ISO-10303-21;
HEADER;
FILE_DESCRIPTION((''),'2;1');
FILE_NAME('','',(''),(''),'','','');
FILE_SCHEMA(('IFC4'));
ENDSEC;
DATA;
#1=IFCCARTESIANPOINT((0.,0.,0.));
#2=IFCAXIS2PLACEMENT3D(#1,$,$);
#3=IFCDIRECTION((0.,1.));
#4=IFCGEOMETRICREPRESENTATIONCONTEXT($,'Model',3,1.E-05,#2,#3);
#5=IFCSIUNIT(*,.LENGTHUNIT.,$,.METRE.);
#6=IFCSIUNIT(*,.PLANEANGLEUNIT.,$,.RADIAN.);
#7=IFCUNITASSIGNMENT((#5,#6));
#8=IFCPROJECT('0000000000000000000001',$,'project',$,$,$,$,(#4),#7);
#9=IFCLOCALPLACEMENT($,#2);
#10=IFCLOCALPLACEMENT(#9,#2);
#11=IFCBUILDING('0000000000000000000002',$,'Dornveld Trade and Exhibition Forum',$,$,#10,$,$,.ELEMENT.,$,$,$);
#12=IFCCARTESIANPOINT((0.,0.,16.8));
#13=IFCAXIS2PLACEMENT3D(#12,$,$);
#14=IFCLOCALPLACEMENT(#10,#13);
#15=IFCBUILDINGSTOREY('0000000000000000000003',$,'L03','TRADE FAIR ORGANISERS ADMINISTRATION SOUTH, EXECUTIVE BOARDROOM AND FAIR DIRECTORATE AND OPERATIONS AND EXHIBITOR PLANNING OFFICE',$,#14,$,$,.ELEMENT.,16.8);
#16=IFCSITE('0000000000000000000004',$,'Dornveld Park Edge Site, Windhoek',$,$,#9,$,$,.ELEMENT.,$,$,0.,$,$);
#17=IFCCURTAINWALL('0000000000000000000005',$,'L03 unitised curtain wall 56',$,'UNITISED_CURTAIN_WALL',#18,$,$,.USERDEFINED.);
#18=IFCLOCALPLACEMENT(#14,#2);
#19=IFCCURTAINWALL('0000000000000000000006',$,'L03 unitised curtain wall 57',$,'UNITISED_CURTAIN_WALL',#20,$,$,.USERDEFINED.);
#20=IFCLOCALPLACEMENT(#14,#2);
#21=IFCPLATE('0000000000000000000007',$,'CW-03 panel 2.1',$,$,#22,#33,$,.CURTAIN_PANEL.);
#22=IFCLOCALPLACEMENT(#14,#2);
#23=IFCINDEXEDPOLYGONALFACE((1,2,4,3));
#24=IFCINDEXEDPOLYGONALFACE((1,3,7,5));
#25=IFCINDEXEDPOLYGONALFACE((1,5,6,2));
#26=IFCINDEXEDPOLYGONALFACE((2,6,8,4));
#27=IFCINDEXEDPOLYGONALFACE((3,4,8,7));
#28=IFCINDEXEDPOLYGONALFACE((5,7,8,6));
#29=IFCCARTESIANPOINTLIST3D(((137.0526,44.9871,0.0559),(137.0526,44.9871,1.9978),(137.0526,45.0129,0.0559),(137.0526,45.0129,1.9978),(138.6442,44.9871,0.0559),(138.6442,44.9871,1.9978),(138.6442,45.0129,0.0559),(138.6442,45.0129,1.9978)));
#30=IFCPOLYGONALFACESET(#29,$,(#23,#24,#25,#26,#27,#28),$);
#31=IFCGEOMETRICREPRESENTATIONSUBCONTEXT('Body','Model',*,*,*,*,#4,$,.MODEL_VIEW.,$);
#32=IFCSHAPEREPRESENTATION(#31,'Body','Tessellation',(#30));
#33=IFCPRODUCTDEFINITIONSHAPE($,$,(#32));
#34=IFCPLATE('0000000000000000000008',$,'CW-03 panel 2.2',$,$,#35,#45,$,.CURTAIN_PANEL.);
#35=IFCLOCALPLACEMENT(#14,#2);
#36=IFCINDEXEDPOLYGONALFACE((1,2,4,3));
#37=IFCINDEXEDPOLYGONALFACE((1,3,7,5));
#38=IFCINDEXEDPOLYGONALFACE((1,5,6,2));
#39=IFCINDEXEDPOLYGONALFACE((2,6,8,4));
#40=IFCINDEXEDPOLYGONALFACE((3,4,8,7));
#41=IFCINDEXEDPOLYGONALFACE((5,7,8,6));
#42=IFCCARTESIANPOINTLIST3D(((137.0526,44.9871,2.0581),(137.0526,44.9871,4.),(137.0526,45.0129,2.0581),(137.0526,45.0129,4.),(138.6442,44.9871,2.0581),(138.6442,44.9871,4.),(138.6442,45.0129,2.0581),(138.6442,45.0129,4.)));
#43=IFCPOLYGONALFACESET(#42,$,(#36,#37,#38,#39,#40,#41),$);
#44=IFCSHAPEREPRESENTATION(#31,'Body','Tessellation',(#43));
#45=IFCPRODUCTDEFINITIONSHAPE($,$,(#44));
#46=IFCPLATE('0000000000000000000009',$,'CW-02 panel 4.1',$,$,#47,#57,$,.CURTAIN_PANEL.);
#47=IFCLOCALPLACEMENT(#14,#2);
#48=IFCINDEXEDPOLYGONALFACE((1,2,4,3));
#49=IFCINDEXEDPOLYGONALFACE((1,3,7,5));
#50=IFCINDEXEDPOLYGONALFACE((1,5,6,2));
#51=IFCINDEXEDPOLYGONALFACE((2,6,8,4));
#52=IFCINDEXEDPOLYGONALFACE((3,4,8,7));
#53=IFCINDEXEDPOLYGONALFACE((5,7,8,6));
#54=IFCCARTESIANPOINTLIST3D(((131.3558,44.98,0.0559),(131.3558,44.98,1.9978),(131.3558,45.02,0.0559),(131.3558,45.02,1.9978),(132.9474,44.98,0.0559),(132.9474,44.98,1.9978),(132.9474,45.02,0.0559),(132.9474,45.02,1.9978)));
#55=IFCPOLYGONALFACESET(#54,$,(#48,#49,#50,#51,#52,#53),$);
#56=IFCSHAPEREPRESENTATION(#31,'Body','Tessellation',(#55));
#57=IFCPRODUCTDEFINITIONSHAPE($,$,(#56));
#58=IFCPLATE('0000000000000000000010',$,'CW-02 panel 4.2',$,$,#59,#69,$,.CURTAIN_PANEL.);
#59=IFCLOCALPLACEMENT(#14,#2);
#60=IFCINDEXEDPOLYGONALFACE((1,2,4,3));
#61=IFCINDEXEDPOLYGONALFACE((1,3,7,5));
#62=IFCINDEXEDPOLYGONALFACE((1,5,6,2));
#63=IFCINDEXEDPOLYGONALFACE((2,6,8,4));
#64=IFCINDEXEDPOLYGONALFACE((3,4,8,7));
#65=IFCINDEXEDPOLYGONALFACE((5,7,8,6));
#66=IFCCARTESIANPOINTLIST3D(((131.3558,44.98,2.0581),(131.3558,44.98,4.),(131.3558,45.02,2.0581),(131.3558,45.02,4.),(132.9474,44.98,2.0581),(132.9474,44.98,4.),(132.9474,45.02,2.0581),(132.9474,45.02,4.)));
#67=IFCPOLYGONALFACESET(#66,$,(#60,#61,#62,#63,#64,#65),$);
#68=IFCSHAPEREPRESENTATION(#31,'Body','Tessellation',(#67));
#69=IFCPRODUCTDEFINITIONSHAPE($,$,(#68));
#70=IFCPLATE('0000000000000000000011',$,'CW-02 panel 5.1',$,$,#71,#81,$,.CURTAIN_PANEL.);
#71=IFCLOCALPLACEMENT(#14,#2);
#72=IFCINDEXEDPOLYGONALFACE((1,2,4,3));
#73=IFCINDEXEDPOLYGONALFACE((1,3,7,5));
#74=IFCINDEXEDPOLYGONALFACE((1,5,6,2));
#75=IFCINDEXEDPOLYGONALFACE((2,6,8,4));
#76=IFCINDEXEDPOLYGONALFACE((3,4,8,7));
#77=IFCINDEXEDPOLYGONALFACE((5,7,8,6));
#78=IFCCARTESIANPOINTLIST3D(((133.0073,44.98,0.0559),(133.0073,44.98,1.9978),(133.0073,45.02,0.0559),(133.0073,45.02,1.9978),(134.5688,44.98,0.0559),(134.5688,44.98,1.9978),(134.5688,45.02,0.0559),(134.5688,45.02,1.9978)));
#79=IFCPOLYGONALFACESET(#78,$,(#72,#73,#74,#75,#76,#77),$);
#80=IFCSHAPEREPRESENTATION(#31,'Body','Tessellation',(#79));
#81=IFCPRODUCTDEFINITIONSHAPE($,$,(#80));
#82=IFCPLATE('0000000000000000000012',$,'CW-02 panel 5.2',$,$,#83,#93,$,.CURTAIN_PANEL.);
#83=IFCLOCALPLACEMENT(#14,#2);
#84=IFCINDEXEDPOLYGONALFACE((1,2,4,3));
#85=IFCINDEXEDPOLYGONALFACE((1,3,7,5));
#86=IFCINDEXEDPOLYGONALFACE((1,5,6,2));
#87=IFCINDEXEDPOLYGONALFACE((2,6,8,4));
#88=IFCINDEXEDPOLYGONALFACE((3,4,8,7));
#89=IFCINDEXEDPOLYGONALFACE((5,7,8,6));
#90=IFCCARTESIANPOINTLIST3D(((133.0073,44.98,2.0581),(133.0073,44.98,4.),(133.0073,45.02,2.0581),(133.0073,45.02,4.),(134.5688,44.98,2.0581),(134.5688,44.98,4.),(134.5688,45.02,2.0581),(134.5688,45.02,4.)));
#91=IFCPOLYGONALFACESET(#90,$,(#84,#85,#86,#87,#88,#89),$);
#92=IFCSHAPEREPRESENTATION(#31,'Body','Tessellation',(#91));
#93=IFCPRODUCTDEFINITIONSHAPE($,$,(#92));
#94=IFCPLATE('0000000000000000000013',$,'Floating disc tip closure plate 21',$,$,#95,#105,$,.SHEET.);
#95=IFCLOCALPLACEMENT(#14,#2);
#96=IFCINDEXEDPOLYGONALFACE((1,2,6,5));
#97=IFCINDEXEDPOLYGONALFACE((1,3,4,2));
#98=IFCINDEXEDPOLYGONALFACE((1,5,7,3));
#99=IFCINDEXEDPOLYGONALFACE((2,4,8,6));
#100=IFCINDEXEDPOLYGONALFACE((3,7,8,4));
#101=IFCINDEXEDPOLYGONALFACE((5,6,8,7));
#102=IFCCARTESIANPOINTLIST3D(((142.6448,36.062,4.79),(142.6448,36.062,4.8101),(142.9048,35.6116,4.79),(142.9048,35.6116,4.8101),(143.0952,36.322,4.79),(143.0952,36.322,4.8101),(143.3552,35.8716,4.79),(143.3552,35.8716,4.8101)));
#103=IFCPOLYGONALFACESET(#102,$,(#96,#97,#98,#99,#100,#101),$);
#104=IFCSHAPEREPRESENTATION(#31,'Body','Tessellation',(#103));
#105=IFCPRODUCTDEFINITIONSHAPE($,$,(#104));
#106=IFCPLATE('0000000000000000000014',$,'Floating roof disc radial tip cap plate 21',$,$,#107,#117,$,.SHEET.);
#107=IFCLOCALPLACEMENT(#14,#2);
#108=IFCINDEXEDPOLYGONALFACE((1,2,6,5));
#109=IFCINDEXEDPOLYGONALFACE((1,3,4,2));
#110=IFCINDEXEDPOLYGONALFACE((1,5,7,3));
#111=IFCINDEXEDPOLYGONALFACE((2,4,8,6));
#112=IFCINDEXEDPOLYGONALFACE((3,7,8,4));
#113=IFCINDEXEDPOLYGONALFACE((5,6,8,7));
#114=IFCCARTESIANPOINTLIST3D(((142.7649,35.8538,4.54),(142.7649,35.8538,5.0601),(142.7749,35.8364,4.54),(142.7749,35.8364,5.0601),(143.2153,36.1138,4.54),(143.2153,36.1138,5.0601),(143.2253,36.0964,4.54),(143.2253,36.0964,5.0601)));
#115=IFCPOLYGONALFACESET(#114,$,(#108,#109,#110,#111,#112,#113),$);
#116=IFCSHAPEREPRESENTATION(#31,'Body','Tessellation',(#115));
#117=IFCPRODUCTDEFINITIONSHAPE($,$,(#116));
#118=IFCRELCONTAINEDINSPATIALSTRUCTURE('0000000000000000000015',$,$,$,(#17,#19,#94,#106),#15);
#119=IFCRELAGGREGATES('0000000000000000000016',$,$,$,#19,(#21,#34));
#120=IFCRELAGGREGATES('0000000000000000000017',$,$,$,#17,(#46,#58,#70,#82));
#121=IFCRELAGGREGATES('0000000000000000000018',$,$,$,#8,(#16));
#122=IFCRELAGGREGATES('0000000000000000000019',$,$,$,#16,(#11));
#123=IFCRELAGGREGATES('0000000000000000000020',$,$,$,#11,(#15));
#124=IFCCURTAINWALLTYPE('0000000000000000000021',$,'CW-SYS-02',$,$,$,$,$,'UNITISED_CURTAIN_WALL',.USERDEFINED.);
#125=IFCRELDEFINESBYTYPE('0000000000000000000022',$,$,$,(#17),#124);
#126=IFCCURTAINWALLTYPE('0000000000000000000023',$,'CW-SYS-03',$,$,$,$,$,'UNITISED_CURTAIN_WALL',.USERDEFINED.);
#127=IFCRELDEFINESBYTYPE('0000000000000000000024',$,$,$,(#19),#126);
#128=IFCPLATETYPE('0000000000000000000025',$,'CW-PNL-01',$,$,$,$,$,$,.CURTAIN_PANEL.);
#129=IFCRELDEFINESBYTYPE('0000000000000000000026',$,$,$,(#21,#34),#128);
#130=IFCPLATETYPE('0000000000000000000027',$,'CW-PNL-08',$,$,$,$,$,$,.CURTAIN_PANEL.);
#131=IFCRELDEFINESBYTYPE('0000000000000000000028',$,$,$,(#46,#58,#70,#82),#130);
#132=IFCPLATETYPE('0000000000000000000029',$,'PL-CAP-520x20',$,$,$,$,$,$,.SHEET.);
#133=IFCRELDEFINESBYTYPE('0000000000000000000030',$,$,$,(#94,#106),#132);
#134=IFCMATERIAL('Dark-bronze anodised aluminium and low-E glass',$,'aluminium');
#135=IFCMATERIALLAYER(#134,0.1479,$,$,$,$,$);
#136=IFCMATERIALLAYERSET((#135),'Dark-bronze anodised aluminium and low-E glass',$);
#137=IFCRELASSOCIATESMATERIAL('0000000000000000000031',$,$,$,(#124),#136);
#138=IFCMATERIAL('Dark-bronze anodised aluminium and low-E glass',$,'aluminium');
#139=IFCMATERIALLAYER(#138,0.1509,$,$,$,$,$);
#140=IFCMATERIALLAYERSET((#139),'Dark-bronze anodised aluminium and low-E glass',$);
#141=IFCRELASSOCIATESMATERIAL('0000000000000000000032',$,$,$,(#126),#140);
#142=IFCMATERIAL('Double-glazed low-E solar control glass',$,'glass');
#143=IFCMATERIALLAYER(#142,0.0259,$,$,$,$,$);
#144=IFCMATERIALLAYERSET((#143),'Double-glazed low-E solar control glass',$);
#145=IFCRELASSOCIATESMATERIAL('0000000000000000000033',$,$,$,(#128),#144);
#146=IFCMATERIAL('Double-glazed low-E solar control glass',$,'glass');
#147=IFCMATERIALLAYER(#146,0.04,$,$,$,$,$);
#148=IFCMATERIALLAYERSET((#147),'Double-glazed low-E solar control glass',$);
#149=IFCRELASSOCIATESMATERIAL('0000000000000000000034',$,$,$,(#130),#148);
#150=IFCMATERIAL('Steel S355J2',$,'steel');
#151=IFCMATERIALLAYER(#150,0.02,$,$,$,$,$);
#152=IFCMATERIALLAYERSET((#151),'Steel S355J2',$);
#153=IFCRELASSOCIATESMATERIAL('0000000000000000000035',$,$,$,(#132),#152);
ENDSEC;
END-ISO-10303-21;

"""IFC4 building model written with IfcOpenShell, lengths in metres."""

from ifc_helpers import new_model, si_unit, direction, frame, origin, origin_2d, place, context, subcontext, project, spatial, rectangle, extrude, material, layer, layer_set, type_object, element, aggregate, save


model = new_model("IFC4")

# Units and contexts
model_context = context("Model", 3, precision=1e-05, world=origin(), true_north=direction((0.0, 1.0)))
body_context = subcontext(model_context, "Body", "Model", "MODEL_VIEW")
ifc_project = project(units=[si_unit("LENGTHUNIT", "METRE"), si_unit("PLANEANGLEUNIT", "RADIAN")], contexts=[model_context])

# Site, building, storey
site_placement = place(None, origin())
site = spatial("IfcSite", under=ifc_project, at=site_placement, Name="Dornveld Park Edge Site, Windhoek", CompositionType="ELEMENT", RefElevation=0.0)
building_placement = place(site_placement, origin())
building = spatial("IfcBuilding", under=site, at=building_placement, Name="Dornveld Trade and Exhibition Forum", CompositionType="ELEMENT")
storey_placement = place(building_placement, frame((0.0, 0.0, 16.8)))
storey = spatial("IfcBuildingStorey", under=building, at=storey_placement, Name="L03", Description="TRADE FAIR ORGANISERS ADMINISTRATION SOUTH, EXECUTIVE BOARDROOM AND FAIR DIRECTORATE AND OPERATIONS AND EXHIBITOR PLANNING OFFICE", CompositionType="ELEMENT", Elevation=16.8)

# Curtain walls
ifc_material_1 = material(Name="Dark-bronze anodised aluminium and low-E glass", Category="aluminium")
ifc_layer_1 = layer(ifc_material_1, 0.1479)
ifc_layer_set_1 = layer_set([ifc_layer_1], Name="Dark-bronze anodised aluminium and low-E glass")
curtain_wall_type_1 = type_object("IfcCurtainWallType", Name="CW-SYS-02", ElementType="UNITISED_CURTAIN_WALL", PredefinedType="USERDEFINED", material=ifc_layer_set_1)
curtain_wall_1_placement = place(storey_placement, origin())
curtain_wall_1 = element("IfcCurtainWall", 1, at=curtain_wall_1_placement, inside=storey, type_object=curtain_wall_type_1, Name="L03 unitised curtain wall 56", ObjectType="UNITISED_CURTAIN_WALL", PredefinedType="USERDEFINED")
ifc_material_2 = material(Name="Dark-bronze anodised aluminium and low-E glass", Category="aluminium")
ifc_layer_2 = layer(ifc_material_2, 0.1509)
ifc_layer_set_2 = layer_set([ifc_layer_2], Name="Dark-bronze anodised aluminium and low-E glass")
curtain_wall_type_2 = type_object("IfcCurtainWallType", Name="CW-SYS-03", ElementType="UNITISED_CURTAIN_WALL", PredefinedType="USERDEFINED", material=ifc_layer_set_2)
curtain_wall_2_placement = place(storey_placement, origin())
curtain_wall_2 = element("IfcCurtainWall", 2, at=curtain_wall_2_placement, inside=storey, type_object=curtain_wall_type_2, Name="L03 unitised curtain wall 57", ObjectType="UNITISED_CURTAIN_WALL", PredefinedType="USERDEFINED")

# Plates
ifc_material_3 = material(Name="Double-glazed low-E solar control glass", Category="glass")
ifc_layer_3 = layer(ifc_material_3, 0.0259)
ifc_layer_set_3 = layer_set([ifc_layer_3], Name="Double-glazed low-E solar control glass")
plate_type_1 = type_object("IfcPlateType", Name="CW-PNL-01", PredefinedType="CURTAIN_PANEL", material=ifc_layer_set_3)
plate_1_placement = place(storey_placement, frame((137.8484, 45.0, 0.0559), z_axis=(0.0, 0.0, 1.0), x_axis=(1.0, 0.0, 0.0)))
plate_1 = element("IfcPlate", 3, at=plate_1_placement, type_object=plate_type_1, Name="CW-03 panel 2.1", PredefinedType="CURTAIN_PANEL", context=body_context, shape_type="SweptSolid", body=[
    extrude(rectangle(XDim=1.5916, YDim=0.0259, at=origin_2d()), origin(), (0.0, 0.0, 1.0), 1.9419),
])
plate_2_placement = place(storey_placement, frame((137.8484, 45.0, 2.0581), z_axis=(0.0, 0.0, 1.0), x_axis=(1.0, 0.0, 0.0)))
plate_2 = element("IfcPlate", 4, at=plate_2_placement, type_object=plate_type_1, Name="CW-03 panel 2.2", PredefinedType="CURTAIN_PANEL", context=body_context, shape_type="SweptSolid", body=[
    extrude(rectangle(XDim=1.5916, YDim=0.0259, at=origin_2d()), origin(), (0.0, 0.0, 1.0), 1.9419),
])
aggregate(curtain_wall_2, [plate_1, plate_2])
ifc_material_4 = material(Name="Double-glazed low-E solar control glass", Category="glass")
ifc_layer_4 = layer(ifc_material_4, 0.04)
ifc_layer_set_4 = layer_set([ifc_layer_4], Name="Double-glazed low-E solar control glass")
plate_type_2 = type_object("IfcPlateType", Name="CW-PNL-08", PredefinedType="CURTAIN_PANEL", material=ifc_layer_set_4)
plate_3_placement = place(storey_placement, frame((132.1516, 45.0, 0.0559), z_axis=(0.0, 0.0, 1.0), x_axis=(1.0, 0.0, 0.0)))
plate_3 = element("IfcPlate", 5, at=plate_3_placement, type_object=plate_type_2, Name="CW-02 panel 4.1", PredefinedType="CURTAIN_PANEL", context=body_context, shape_type="SweptSolid", body=[
    extrude(rectangle(XDim=1.5916, YDim=0.04, at=origin_2d()), origin(), (0.0, 0.0, 1.0), 1.9419),
])
plate_4_placement = place(storey_placement, frame((132.1516, 45.0, 2.0581), z_axis=(0.0, 0.0, 1.0), x_axis=(1.0, 0.0, 0.0)))
plate_4 = element("IfcPlate", 6, at=plate_4_placement, type_object=plate_type_2, Name="CW-02 panel 4.2", PredefinedType="CURTAIN_PANEL", context=body_context, shape_type="SweptSolid", body=[
    extrude(rectangle(XDim=1.5916, YDim=0.04, at=origin_2d()), origin(), (0.0, 0.0, 1.0), 1.9419),
])
plate_5_placement = place(storey_placement, frame((133.7881, 45.0, 0.0559), z_axis=(0.0, 0.0, 1.0), x_axis=(1.0, 0.0, 0.0)))
plate_5 = element("IfcPlate", 7, at=plate_5_placement, type_object=plate_type_2, Name="CW-02 panel 5.1", PredefinedType="CURTAIN_PANEL", context=body_context, shape_type="SweptSolid", body=[
    extrude(rectangle(XDim=1.5615, YDim=0.04, at=origin_2d()), origin(), (0.0, 0.0, 1.0), 1.9419),
])
plate_6_placement = place(storey_placement, frame((133.7881, 45.0, 2.0581), z_axis=(0.0, 0.0, 1.0), x_axis=(1.0, 0.0, 0.0)))
plate_6 = element("IfcPlate", 8, at=plate_6_placement, type_object=plate_type_2, Name="CW-02 panel 5.2", PredefinedType="CURTAIN_PANEL", context=body_context, shape_type="SweptSolid", body=[
    extrude(rectangle(XDim=1.5615, YDim=0.04, at=origin_2d()), origin(), (0.0, 0.0, 1.0), 1.9419),
])
aggregate(curtain_wall_1, [plate_3, plate_4, plate_5, plate_6])

# Plates
ifc_material_5 = material(Name="Steel S355J2", Category="steel")
ifc_layer_5 = layer(ifc_material_5, 0.02)
ifc_layer_set_5 = layer_set([ifc_layer_5], Name="Steel S355J2")
plate_type_3 = type_object("IfcPlateType", Name="PL-CAP-520x20", PredefinedType="SHEET", material=ifc_layer_set_5)
plate_7_placement = place(storey_placement, frame((143.0, 35.9668, 4.79), z_axis=(0.0, 0.0, 1.0), x_axis=(0.5, -0.866025, 0.0)))
element("IfcPlate", 9, at=plate_7_placement, inside=storey, type_object=plate_type_3, Name="Floating disc tip closure plate 21", PredefinedType="SHEET", context=body_context, shape_type="SweptSolid", body=[
    extrude(rectangle(XDim=0.52, YDim=0.52, at=origin_2d()), origin(), (0.0, 0.0, 1.0), 0.02),
])
plate_8_placement = place(storey_placement, frame((142.9951, 35.9751, 4.54), z_axis=(0.0, 0.0, 1.0), x_axis=(0.5, -0.866025, 0.0)))
element("IfcPlate", 10, at=plate_8_placement, inside=storey, type_object=plate_type_3, Name="Floating roof disc radial tip cap plate 21", PredefinedType="SHEET", context=body_context, shape_type="SweptSolid", body=[
    extrude(rectangle(XDim=0.02, YDim=0.52, at=origin_2d()), origin(), (0.0, 0.0, 1.0), 0.52),
])

save(model, "model.ifc")
